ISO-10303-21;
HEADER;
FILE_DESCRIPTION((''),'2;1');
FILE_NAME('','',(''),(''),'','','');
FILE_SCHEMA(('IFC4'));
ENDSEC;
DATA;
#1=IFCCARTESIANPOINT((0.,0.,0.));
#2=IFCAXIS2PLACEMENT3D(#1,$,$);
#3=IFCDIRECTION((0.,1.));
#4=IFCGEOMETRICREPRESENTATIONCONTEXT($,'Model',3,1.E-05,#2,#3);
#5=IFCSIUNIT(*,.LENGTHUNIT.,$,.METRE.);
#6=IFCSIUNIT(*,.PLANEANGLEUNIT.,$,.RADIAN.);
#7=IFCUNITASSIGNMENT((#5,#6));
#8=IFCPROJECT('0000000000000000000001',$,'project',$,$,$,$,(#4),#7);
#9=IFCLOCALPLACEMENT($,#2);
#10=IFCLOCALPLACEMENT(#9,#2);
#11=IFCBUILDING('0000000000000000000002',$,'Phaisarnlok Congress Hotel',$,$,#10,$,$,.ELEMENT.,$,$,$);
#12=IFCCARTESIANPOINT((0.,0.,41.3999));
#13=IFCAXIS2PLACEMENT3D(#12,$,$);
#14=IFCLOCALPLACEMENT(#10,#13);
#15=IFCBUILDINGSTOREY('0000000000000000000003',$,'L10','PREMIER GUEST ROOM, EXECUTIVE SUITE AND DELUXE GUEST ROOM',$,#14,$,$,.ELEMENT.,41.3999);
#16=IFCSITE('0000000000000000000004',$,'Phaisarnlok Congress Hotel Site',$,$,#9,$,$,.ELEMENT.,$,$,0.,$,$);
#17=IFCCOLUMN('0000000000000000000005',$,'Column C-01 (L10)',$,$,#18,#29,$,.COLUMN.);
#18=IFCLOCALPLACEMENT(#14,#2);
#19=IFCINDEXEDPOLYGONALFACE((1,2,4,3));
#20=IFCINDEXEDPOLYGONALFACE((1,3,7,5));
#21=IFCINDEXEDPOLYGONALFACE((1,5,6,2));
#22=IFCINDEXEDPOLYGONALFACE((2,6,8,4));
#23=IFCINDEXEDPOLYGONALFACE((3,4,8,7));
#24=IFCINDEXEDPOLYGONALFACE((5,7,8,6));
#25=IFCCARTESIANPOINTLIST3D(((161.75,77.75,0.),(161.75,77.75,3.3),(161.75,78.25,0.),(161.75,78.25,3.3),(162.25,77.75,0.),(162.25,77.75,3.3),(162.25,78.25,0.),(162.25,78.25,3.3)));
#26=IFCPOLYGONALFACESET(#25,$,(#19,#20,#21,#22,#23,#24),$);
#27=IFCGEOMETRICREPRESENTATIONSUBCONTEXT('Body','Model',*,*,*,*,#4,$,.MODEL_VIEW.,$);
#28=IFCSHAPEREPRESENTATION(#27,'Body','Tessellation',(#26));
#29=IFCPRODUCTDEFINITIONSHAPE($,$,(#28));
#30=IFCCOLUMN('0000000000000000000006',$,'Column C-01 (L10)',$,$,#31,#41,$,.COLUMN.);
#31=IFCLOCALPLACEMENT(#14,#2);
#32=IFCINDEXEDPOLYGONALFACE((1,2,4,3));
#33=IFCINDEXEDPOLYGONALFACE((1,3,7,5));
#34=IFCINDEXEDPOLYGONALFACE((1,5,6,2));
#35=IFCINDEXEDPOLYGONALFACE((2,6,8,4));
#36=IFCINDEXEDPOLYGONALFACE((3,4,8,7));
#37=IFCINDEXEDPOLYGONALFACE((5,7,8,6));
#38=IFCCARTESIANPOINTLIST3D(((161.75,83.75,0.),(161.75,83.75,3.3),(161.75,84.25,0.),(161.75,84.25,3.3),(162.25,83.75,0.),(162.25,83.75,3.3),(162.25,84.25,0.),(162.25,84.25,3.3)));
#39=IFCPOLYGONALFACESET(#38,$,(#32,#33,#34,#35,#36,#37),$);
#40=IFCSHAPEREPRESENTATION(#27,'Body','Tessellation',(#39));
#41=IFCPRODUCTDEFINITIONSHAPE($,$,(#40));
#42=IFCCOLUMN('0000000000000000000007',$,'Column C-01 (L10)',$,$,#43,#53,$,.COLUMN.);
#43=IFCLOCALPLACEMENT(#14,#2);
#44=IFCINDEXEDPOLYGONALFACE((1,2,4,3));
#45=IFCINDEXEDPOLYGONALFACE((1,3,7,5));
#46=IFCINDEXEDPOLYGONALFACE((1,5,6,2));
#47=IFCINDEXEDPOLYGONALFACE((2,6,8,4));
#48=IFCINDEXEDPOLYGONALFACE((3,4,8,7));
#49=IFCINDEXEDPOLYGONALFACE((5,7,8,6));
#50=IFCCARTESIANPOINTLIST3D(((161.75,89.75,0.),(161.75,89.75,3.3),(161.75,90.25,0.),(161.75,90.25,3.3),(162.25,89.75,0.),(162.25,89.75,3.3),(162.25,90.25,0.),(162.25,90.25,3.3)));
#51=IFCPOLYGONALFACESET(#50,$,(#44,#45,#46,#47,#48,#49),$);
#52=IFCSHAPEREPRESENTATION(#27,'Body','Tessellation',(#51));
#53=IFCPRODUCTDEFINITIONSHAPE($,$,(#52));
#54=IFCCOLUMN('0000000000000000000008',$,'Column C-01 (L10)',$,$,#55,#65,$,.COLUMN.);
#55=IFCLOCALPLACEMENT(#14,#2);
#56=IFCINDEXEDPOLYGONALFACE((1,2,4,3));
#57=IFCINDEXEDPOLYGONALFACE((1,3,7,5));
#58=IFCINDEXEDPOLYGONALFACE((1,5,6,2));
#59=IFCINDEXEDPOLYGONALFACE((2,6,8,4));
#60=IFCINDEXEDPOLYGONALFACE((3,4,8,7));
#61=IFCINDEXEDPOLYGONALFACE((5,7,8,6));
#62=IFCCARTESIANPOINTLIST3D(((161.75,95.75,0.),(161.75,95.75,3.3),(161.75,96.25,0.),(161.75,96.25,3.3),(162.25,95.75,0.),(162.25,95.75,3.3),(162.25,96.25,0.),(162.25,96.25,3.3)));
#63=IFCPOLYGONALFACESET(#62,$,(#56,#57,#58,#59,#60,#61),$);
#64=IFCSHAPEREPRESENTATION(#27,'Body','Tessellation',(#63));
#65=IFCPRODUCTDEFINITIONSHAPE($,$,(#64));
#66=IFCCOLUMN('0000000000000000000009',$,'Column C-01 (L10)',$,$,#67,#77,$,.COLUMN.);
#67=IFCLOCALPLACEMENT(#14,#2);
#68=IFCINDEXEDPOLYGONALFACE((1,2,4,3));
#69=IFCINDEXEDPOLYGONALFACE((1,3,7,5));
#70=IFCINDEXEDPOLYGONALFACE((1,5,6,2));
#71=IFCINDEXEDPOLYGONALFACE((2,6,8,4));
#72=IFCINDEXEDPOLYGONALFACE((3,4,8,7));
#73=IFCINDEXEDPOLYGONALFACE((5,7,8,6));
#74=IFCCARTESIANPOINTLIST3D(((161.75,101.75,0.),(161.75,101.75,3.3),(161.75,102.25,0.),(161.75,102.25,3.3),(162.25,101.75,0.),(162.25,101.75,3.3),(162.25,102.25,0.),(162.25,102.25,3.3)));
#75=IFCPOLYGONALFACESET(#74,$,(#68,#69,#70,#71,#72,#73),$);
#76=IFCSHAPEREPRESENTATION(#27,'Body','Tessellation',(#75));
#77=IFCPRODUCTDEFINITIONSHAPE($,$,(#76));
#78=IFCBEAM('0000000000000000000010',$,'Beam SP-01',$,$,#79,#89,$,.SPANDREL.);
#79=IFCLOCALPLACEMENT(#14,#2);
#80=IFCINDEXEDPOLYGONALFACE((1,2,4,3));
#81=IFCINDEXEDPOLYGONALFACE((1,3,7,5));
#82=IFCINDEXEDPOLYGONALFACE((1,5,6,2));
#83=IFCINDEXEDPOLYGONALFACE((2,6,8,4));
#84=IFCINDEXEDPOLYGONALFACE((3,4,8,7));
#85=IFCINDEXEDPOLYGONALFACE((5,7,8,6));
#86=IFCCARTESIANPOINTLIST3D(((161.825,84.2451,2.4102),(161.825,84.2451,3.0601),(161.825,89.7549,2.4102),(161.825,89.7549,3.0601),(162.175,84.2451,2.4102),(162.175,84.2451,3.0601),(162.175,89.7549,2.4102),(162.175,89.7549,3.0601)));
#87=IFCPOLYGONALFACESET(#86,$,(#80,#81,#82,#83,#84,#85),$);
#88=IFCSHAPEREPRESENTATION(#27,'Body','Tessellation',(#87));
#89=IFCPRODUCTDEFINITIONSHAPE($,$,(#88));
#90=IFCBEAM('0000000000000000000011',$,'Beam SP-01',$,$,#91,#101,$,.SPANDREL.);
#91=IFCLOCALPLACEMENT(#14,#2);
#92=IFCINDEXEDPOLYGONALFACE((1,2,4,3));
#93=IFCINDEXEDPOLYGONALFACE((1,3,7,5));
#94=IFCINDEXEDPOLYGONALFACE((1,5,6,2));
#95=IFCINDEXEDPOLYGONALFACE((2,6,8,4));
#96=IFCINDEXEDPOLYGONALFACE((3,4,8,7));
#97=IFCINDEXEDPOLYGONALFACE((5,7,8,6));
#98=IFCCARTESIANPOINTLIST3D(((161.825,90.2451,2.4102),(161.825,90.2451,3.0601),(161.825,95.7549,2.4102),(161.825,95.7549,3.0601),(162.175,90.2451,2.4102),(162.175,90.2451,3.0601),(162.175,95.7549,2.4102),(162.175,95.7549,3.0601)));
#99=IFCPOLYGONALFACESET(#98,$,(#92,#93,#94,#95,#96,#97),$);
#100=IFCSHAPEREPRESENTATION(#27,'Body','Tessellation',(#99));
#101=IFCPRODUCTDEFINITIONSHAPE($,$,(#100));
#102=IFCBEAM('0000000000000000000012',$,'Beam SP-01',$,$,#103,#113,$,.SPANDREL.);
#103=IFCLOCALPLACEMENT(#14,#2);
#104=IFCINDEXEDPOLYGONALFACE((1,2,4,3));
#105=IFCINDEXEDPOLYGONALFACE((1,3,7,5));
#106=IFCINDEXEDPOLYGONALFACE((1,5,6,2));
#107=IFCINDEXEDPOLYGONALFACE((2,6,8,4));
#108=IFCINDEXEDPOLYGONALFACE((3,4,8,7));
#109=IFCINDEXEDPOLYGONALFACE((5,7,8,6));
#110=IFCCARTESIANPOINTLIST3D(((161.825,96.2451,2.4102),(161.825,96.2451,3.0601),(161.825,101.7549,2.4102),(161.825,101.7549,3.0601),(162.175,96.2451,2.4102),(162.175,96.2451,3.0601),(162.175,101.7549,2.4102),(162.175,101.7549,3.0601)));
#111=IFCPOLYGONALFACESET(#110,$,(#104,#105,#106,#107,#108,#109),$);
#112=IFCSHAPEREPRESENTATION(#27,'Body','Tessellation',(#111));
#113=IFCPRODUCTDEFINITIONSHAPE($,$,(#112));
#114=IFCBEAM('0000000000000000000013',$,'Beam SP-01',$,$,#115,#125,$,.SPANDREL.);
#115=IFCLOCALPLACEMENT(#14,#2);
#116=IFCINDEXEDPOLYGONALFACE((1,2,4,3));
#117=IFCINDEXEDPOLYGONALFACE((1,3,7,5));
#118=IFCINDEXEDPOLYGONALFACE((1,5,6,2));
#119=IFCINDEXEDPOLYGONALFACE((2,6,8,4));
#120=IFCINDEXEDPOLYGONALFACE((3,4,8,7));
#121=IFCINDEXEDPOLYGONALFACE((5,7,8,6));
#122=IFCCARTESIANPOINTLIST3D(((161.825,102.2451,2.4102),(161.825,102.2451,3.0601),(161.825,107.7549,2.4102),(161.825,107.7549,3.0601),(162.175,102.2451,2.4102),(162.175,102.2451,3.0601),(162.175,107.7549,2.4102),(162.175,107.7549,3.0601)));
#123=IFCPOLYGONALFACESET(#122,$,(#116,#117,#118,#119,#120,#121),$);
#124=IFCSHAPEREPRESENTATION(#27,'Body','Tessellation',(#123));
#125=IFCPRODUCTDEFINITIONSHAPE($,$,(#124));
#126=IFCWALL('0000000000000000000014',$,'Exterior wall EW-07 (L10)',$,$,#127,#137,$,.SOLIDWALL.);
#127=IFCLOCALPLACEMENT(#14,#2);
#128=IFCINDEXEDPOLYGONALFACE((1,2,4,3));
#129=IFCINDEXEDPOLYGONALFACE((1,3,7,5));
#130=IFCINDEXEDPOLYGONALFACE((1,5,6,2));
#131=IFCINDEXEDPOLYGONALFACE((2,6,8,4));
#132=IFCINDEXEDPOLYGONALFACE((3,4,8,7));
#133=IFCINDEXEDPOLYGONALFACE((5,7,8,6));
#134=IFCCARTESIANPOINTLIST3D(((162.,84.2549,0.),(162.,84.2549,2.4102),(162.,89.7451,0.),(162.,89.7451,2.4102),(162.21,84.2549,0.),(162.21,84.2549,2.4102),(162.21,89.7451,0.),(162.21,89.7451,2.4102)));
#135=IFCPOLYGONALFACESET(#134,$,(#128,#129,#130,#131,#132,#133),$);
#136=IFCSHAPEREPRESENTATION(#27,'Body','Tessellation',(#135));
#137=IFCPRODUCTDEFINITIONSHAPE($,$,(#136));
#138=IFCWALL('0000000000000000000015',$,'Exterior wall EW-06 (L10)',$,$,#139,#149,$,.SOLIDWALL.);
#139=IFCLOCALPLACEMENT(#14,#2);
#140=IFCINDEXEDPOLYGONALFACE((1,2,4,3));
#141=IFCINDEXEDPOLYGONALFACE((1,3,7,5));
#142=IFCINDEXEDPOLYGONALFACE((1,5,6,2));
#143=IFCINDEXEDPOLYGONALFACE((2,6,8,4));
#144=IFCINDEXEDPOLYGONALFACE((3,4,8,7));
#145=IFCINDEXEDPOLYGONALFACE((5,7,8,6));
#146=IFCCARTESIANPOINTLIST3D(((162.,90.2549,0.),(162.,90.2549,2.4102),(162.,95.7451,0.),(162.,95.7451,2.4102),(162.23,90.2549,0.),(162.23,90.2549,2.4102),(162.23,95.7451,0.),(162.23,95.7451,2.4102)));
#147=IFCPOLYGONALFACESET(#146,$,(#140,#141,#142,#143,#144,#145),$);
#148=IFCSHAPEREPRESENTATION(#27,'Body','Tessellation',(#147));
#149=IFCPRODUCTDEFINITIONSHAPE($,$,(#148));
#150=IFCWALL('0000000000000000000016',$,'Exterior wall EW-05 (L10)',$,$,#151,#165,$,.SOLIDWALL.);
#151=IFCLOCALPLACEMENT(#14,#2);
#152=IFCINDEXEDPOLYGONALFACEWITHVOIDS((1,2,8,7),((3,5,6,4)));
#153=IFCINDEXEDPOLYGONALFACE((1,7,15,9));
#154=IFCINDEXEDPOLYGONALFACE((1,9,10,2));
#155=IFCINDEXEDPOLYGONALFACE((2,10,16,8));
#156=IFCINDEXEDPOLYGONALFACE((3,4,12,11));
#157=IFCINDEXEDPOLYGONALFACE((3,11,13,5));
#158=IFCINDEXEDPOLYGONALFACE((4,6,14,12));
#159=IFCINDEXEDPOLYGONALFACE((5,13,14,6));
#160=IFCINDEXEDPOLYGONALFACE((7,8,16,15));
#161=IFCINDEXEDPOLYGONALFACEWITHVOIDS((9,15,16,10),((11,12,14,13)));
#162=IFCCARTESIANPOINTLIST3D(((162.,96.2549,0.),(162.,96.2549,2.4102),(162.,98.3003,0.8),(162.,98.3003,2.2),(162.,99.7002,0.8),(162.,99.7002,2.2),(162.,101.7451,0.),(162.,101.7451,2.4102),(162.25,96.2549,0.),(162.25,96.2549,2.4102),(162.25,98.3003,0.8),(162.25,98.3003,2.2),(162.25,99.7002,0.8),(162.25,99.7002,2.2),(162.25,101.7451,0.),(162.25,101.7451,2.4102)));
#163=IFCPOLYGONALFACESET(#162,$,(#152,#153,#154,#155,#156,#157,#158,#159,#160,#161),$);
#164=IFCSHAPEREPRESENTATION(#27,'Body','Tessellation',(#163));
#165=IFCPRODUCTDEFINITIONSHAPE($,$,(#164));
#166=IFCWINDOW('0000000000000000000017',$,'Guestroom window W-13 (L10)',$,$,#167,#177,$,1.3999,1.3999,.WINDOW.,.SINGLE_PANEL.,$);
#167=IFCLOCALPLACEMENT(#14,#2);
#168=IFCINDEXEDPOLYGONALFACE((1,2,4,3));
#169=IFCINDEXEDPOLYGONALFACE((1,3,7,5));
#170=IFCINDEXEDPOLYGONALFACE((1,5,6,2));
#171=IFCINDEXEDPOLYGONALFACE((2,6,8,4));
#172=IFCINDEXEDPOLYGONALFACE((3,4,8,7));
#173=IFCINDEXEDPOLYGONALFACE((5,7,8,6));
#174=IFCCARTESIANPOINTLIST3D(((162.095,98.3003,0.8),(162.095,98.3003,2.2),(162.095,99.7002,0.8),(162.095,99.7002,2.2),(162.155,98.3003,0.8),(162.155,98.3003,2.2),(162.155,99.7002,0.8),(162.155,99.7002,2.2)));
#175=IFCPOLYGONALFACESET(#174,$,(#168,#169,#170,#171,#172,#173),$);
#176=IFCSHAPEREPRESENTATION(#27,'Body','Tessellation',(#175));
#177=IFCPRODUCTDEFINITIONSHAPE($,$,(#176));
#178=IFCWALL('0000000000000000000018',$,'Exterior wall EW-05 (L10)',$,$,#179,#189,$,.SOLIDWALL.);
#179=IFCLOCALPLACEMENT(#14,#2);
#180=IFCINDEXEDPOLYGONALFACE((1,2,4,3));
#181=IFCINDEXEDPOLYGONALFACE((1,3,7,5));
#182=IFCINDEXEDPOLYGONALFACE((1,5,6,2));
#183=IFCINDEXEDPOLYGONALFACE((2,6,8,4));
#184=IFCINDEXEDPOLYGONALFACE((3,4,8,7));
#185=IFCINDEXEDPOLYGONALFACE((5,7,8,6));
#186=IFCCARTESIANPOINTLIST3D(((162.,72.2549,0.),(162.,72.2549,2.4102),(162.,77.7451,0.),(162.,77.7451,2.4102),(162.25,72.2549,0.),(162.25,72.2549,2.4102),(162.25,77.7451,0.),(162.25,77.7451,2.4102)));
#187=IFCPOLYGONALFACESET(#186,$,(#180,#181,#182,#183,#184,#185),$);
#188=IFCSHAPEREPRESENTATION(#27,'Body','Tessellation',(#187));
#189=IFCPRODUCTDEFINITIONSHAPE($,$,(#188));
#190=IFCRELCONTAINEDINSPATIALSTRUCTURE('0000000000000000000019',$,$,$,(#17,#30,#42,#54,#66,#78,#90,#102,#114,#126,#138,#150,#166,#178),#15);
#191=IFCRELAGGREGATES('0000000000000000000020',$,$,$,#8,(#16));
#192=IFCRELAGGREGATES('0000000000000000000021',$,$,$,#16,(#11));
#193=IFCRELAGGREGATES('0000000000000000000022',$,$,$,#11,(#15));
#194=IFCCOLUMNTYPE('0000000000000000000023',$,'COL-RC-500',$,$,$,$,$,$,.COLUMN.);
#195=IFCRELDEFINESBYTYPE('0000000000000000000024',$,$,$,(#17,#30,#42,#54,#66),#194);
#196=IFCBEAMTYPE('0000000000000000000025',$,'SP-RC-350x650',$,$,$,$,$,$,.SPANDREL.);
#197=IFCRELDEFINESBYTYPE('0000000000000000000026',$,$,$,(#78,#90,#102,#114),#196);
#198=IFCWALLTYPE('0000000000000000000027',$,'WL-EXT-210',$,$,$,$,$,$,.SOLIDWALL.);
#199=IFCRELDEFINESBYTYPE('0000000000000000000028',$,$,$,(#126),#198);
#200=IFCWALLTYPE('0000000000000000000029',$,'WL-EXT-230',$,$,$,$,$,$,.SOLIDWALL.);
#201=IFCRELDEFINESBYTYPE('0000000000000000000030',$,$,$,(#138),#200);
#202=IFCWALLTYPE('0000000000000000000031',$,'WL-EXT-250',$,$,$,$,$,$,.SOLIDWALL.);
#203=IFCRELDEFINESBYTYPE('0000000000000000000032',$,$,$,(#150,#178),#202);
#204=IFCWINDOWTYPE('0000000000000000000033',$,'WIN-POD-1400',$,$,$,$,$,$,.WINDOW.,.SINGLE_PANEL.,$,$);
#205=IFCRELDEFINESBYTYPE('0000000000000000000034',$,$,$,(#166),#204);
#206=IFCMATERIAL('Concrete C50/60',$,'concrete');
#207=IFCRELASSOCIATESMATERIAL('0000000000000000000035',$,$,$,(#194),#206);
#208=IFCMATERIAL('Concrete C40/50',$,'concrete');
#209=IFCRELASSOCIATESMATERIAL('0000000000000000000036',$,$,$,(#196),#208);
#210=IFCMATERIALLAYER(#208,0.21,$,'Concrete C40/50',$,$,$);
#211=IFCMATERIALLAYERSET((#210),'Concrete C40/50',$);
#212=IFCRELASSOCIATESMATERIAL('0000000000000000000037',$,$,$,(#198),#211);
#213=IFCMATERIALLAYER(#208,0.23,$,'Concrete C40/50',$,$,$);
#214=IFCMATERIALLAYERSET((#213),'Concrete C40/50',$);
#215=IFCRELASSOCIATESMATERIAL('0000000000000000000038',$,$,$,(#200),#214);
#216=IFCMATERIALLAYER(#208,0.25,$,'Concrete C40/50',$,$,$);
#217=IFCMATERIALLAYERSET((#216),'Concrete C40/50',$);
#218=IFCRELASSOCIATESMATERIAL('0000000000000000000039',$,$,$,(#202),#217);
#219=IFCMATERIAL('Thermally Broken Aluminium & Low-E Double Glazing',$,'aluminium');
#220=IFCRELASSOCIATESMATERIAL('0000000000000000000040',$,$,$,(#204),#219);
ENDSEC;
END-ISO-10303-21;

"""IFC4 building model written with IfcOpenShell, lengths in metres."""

from ifc_helpers import new_model, si_unit, direction, frame, frame_2d, origin, origin_2d, place, context, subcontext, project, spatial, rectangle, extrude, material, layer, layer_set, material_profile, profile_set, type_object, element, fill, save


model = new_model("IFC4")

# Units and contexts
model_context = context("Model", 3, precision=1e-05, world=origin(), true_north=direction((0.0, 1.0)))
body_context = subcontext(model_context, "Body", "Model", "MODEL_VIEW")
ifc_project = project(units=[si_unit("LENGTHUNIT", "METRE"), si_unit("PLANEANGLEUNIT", "RADIAN")], contexts=[model_context])

# Site, building, storey
site_placement = place(None, origin())
site = spatial("IfcSite", under=ifc_project, at=site_placement, Name="Phaisarnlok Congress Hotel Site", CompositionType="ELEMENT", RefElevation=0.0)
building_placement = place(site_placement, origin())
building = spatial("IfcBuilding", under=site, at=building_placement, Name="Phaisarnlok Congress Hotel", CompositionType="ELEMENT")
storey_placement = place(building_placement, frame((0.0, 0.0, 41.3999)))
storey = spatial("IfcBuildingStorey", under=building, at=storey_placement, Name="L10", Description="PREMIER GUEST ROOM, EXECUTIVE SUITE AND DELUXE GUEST ROOM", CompositionType="ELEMENT", Elevation=41.3999)

# Columns
ifc_material_1 = material(Name="Concrete C50/60", Category="concrete")
ifc_material_profile_1 = material_profile(ifc_material_1, rectangle(XDim=0.5, YDim=0.5, at=origin_2d()), Name="RC 500x500")
ifc_profile_set_1 = profile_set([ifc_material_profile_1], Name="Concrete C50/60")
column_type = type_object("IfcColumnType", Name="COL-RC-500", PredefinedType="COLUMN", material=ifc_profile_set_1)
for number, where, z_axis, x_axis, name in (
    (1, (162.0, 78.0, 0.0), (0.0, 0.0, 1.0), (1.0, 0.0, 0.0), "Column C-01 (L10)"),
    (2, (162.0, 84.0, 0.0), (0.0, 0.0, 1.0), (1.0, 0.0, 0.0), "Column C-01 (L10)"),
    (3, (162.0, 90.0, 0.0), (0.0, 0.0, 1.0), (1.0, 0.0, 0.0), "Column C-01 (L10)"),
    (4, (162.0, 96.0, 0.0), (0.0, 0.0, 1.0), (1.0, 0.0, 0.0), "Column C-01 (L10)"),
    (5, (162.0, 102.0, 0.0), (0.0, 0.0, 1.0), (1.0, 0.0, 0.0), "Column C-01 (L10)"),
):
    element("IfcColumn", number, at=place(storey_placement, frame(where, z_axis=z_axis, x_axis=x_axis)), inside=storey, type_object=column_type, Name=name, PredefinedType="COLUMN", context=body_context, shape_type="SweptSolid", body=[
        extrude(rectangle(XDim=0.5, YDim=0.5, at=origin_2d()), origin(), (0.0, 0.0, 1.0), 3.3),
    ])

# Beams
ifc_material_2 = material(Name="Concrete C40/50", Category="concrete")
ifc_material_profile_2 = material_profile(ifc_material_2, rectangle(XDim=0.3501, YDim=0.6499, at=origin_2d()), Name="RC 350x650")
ifc_profile_set_2 = profile_set([ifc_material_profile_2], Name="Concrete C40/50")
beam_type = type_object("IfcBeamType", Name="SP-RC-350x650", PredefinedType="SPANDREL", material=ifc_profile_set_2)
for number, where, z_axis, x_axis, name in (
    (6, (162.0, 84.2451, 2.7351), (0.0, 1.0, 0.0), (-1.0, 0.0, 0.0), "Beam SP-01"),
    (7, (162.0, 90.2451, 2.7351), (0.0, 1.0, 0.0), (-1.0, 0.0, 0.0), "Beam SP-01"),
    (8, (162.0, 96.2451, 2.7351), (0.0, 1.0, 0.0), (-1.0, 0.0, 0.0), "Beam SP-01"),
    (9, (162.0, 102.2451, 2.7351), (0.0, 1.0, 0.0), (-1.0, 0.0, 0.0), "Beam SP-01"),
):
    element("IfcBeam", number, at=place(storey_placement, frame(where, z_axis=z_axis, x_axis=x_axis)), inside=storey, type_object=beam_type, Name=name, PredefinedType="SPANDREL", context=body_context, shape_type="SweptSolid", body=[
        extrude(rectangle(XDim=0.3501, YDim=0.6499, at=origin_2d()), origin(), (0.0, 0.0, 1.0), 5.5098),
    ])

# Walls
ifc_layer_1 = layer(ifc_material_2, 0.21, Name="Concrete C40/50")
ifc_layer_set_1 = layer_set([ifc_layer_1], Name="Concrete C40/50")
wall_type_1 = type_object("IfcWallType", Name="WL-EXT-210", PredefinedType="SOLIDWALL", material=ifc_layer_set_1)
wall_1_placement = place(storey_placement, frame((162.105, 89.7451, 0.0), z_axis=(0.0, 0.0, 1.0), x_axis=(0.0, -1.0, 0.0)))
element("IfcWall", 10, at=wall_1_placement, inside=storey, type_object=wall_type_1, Name="Exterior wall EW-07 (L10)", PredefinedType="SOLIDWALL", context=body_context, shape_type="SweptSolid", body=[
    extrude(rectangle(XDim=5.4902, YDim=0.21, at=frame_2d((2.7451, 0.0))), origin(), (0.0, 0.0, 1.0), 2.4102),
])
ifc_layer_2 = layer(ifc_material_2, 0.23, Name="Concrete C40/50")
ifc_layer_set_2 = layer_set([ifc_layer_2], Name="Concrete C40/50")
wall_type_2 = type_object("IfcWallType", Name="WL-EXT-230", PredefinedType="SOLIDWALL", material=ifc_layer_set_2)
wall_2_placement = place(storey_placement, frame((162.115, 95.7451, 0.0), z_axis=(0.0, 0.0, 1.0), x_axis=(0.0, -1.0, 0.0)))
element("IfcWall", 11, at=wall_2_placement, inside=storey, type_object=wall_type_2, Name="Exterior wall EW-06 (L10)", PredefinedType="SOLIDWALL", context=body_context, shape_type="SweptSolid", body=[
    extrude(rectangle(XDim=5.4902, YDim=0.23, at=frame_2d((2.7451, 0.0))), origin(), (0.0, 0.0, 1.0), 2.4102),
])

# Wall, opening, window
ifc_layer_3 = layer(ifc_material_2, 0.25, Name="Concrete C40/50")
ifc_layer_set_3 = layer_set([ifc_layer_3], Name="Concrete C40/50")
wall_type_3 = type_object("IfcWallType", Name="WL-EXT-250", PredefinedType="SOLIDWALL", material=ifc_layer_set_3)
wall_3_placement = place(storey_placement, frame((162.125, 101.7451, 0.0), z_axis=(0.0, 0.0, 1.0), x_axis=(0.0, -1.0, 0.0)))
wall_3 = element("IfcWall", 12, at=wall_3_placement, inside=storey, type_object=wall_type_3, Name="Exterior wall EW-05 (L10)", PredefinedType="SOLIDWALL", context=body_context, shape_type="SweptSolid", body=[
    extrude(rectangle(XDim=5.4902, YDim=0.25, at=frame_2d((2.7451, 0.0))), origin(), (0.0, 0.0, 1.0), 2.4102),
])
opening_1_placement = place(wall_3_placement, frame((2.0449, 0.0, 0.8)))
opening_1 = element("IfcOpeningElement", 13, at=opening_1_placement, cuts=wall_3, PredefinedType="OPENING", context=body_context, shape_type="SweptSolid", body=[
    extrude(rectangle(XDim=1.3999, YDim=1.3999, at=frame_2d((0.7, 0.7))), frame((0.0, 0.135, 0.0), z_axis=(0.0, -1.0, 0.0), x_axis=(1.0, 0.0, 0.0)), (0.0, 0.0, 1.0), 0.27),
])
ifc_material_3 = material(Name="Thermally Broken Aluminium & Low-E Double Glazing", Category="aluminium")
window_type = type_object("IfcWindowType", Name="WIN-POD-1400", PartitioningType="SINGLE_PANEL", PredefinedType="WINDOW", material=ifc_material_3)
window_1_placement = place(opening_1_placement, origin())
window_1 = element("IfcWindow", 14, at=window_1_placement, inside=storey, type_object=window_type, Name="Guestroom window W-13 (L10)", OverallHeight=1.3999, OverallWidth=1.3999, PartitioningType="SINGLE_PANEL", PredefinedType="WINDOW", context=body_context, shape_type="SweptSolid", body=[
    extrude(rectangle(XDim=1.3999, YDim=1.3999, at=frame_2d((0.7, 0.7))), frame((0.0, 0.03, 0.0), z_axis=(0.0, -1.0, 0.0), x_axis=(1.0, 0.0, 0.0)), (0.0, 0.0, 1.0), 0.0601),
])
fill(opening_1, window_1)

# Wall
wall_4_placement = place(storey_placement, frame((162.125, 77.7451, 0.0), z_axis=(0.0, 0.0, 1.0), x_axis=(0.0, -1.0, 0.0)))
element("IfcWall", 15, at=wall_4_placement, inside=storey, type_object=wall_type_3, Name="Exterior wall EW-05 (L10)", PredefinedType="SOLIDWALL", context=body_context, shape_type="SweptSolid", body=[
    extrude(rectangle(XDim=5.4902, YDim=0.25, at=frame_2d((2.7451, 0.0))), origin(), (0.0, 0.0, 1.0), 2.4102),
])

save(model, "model.ifc")
